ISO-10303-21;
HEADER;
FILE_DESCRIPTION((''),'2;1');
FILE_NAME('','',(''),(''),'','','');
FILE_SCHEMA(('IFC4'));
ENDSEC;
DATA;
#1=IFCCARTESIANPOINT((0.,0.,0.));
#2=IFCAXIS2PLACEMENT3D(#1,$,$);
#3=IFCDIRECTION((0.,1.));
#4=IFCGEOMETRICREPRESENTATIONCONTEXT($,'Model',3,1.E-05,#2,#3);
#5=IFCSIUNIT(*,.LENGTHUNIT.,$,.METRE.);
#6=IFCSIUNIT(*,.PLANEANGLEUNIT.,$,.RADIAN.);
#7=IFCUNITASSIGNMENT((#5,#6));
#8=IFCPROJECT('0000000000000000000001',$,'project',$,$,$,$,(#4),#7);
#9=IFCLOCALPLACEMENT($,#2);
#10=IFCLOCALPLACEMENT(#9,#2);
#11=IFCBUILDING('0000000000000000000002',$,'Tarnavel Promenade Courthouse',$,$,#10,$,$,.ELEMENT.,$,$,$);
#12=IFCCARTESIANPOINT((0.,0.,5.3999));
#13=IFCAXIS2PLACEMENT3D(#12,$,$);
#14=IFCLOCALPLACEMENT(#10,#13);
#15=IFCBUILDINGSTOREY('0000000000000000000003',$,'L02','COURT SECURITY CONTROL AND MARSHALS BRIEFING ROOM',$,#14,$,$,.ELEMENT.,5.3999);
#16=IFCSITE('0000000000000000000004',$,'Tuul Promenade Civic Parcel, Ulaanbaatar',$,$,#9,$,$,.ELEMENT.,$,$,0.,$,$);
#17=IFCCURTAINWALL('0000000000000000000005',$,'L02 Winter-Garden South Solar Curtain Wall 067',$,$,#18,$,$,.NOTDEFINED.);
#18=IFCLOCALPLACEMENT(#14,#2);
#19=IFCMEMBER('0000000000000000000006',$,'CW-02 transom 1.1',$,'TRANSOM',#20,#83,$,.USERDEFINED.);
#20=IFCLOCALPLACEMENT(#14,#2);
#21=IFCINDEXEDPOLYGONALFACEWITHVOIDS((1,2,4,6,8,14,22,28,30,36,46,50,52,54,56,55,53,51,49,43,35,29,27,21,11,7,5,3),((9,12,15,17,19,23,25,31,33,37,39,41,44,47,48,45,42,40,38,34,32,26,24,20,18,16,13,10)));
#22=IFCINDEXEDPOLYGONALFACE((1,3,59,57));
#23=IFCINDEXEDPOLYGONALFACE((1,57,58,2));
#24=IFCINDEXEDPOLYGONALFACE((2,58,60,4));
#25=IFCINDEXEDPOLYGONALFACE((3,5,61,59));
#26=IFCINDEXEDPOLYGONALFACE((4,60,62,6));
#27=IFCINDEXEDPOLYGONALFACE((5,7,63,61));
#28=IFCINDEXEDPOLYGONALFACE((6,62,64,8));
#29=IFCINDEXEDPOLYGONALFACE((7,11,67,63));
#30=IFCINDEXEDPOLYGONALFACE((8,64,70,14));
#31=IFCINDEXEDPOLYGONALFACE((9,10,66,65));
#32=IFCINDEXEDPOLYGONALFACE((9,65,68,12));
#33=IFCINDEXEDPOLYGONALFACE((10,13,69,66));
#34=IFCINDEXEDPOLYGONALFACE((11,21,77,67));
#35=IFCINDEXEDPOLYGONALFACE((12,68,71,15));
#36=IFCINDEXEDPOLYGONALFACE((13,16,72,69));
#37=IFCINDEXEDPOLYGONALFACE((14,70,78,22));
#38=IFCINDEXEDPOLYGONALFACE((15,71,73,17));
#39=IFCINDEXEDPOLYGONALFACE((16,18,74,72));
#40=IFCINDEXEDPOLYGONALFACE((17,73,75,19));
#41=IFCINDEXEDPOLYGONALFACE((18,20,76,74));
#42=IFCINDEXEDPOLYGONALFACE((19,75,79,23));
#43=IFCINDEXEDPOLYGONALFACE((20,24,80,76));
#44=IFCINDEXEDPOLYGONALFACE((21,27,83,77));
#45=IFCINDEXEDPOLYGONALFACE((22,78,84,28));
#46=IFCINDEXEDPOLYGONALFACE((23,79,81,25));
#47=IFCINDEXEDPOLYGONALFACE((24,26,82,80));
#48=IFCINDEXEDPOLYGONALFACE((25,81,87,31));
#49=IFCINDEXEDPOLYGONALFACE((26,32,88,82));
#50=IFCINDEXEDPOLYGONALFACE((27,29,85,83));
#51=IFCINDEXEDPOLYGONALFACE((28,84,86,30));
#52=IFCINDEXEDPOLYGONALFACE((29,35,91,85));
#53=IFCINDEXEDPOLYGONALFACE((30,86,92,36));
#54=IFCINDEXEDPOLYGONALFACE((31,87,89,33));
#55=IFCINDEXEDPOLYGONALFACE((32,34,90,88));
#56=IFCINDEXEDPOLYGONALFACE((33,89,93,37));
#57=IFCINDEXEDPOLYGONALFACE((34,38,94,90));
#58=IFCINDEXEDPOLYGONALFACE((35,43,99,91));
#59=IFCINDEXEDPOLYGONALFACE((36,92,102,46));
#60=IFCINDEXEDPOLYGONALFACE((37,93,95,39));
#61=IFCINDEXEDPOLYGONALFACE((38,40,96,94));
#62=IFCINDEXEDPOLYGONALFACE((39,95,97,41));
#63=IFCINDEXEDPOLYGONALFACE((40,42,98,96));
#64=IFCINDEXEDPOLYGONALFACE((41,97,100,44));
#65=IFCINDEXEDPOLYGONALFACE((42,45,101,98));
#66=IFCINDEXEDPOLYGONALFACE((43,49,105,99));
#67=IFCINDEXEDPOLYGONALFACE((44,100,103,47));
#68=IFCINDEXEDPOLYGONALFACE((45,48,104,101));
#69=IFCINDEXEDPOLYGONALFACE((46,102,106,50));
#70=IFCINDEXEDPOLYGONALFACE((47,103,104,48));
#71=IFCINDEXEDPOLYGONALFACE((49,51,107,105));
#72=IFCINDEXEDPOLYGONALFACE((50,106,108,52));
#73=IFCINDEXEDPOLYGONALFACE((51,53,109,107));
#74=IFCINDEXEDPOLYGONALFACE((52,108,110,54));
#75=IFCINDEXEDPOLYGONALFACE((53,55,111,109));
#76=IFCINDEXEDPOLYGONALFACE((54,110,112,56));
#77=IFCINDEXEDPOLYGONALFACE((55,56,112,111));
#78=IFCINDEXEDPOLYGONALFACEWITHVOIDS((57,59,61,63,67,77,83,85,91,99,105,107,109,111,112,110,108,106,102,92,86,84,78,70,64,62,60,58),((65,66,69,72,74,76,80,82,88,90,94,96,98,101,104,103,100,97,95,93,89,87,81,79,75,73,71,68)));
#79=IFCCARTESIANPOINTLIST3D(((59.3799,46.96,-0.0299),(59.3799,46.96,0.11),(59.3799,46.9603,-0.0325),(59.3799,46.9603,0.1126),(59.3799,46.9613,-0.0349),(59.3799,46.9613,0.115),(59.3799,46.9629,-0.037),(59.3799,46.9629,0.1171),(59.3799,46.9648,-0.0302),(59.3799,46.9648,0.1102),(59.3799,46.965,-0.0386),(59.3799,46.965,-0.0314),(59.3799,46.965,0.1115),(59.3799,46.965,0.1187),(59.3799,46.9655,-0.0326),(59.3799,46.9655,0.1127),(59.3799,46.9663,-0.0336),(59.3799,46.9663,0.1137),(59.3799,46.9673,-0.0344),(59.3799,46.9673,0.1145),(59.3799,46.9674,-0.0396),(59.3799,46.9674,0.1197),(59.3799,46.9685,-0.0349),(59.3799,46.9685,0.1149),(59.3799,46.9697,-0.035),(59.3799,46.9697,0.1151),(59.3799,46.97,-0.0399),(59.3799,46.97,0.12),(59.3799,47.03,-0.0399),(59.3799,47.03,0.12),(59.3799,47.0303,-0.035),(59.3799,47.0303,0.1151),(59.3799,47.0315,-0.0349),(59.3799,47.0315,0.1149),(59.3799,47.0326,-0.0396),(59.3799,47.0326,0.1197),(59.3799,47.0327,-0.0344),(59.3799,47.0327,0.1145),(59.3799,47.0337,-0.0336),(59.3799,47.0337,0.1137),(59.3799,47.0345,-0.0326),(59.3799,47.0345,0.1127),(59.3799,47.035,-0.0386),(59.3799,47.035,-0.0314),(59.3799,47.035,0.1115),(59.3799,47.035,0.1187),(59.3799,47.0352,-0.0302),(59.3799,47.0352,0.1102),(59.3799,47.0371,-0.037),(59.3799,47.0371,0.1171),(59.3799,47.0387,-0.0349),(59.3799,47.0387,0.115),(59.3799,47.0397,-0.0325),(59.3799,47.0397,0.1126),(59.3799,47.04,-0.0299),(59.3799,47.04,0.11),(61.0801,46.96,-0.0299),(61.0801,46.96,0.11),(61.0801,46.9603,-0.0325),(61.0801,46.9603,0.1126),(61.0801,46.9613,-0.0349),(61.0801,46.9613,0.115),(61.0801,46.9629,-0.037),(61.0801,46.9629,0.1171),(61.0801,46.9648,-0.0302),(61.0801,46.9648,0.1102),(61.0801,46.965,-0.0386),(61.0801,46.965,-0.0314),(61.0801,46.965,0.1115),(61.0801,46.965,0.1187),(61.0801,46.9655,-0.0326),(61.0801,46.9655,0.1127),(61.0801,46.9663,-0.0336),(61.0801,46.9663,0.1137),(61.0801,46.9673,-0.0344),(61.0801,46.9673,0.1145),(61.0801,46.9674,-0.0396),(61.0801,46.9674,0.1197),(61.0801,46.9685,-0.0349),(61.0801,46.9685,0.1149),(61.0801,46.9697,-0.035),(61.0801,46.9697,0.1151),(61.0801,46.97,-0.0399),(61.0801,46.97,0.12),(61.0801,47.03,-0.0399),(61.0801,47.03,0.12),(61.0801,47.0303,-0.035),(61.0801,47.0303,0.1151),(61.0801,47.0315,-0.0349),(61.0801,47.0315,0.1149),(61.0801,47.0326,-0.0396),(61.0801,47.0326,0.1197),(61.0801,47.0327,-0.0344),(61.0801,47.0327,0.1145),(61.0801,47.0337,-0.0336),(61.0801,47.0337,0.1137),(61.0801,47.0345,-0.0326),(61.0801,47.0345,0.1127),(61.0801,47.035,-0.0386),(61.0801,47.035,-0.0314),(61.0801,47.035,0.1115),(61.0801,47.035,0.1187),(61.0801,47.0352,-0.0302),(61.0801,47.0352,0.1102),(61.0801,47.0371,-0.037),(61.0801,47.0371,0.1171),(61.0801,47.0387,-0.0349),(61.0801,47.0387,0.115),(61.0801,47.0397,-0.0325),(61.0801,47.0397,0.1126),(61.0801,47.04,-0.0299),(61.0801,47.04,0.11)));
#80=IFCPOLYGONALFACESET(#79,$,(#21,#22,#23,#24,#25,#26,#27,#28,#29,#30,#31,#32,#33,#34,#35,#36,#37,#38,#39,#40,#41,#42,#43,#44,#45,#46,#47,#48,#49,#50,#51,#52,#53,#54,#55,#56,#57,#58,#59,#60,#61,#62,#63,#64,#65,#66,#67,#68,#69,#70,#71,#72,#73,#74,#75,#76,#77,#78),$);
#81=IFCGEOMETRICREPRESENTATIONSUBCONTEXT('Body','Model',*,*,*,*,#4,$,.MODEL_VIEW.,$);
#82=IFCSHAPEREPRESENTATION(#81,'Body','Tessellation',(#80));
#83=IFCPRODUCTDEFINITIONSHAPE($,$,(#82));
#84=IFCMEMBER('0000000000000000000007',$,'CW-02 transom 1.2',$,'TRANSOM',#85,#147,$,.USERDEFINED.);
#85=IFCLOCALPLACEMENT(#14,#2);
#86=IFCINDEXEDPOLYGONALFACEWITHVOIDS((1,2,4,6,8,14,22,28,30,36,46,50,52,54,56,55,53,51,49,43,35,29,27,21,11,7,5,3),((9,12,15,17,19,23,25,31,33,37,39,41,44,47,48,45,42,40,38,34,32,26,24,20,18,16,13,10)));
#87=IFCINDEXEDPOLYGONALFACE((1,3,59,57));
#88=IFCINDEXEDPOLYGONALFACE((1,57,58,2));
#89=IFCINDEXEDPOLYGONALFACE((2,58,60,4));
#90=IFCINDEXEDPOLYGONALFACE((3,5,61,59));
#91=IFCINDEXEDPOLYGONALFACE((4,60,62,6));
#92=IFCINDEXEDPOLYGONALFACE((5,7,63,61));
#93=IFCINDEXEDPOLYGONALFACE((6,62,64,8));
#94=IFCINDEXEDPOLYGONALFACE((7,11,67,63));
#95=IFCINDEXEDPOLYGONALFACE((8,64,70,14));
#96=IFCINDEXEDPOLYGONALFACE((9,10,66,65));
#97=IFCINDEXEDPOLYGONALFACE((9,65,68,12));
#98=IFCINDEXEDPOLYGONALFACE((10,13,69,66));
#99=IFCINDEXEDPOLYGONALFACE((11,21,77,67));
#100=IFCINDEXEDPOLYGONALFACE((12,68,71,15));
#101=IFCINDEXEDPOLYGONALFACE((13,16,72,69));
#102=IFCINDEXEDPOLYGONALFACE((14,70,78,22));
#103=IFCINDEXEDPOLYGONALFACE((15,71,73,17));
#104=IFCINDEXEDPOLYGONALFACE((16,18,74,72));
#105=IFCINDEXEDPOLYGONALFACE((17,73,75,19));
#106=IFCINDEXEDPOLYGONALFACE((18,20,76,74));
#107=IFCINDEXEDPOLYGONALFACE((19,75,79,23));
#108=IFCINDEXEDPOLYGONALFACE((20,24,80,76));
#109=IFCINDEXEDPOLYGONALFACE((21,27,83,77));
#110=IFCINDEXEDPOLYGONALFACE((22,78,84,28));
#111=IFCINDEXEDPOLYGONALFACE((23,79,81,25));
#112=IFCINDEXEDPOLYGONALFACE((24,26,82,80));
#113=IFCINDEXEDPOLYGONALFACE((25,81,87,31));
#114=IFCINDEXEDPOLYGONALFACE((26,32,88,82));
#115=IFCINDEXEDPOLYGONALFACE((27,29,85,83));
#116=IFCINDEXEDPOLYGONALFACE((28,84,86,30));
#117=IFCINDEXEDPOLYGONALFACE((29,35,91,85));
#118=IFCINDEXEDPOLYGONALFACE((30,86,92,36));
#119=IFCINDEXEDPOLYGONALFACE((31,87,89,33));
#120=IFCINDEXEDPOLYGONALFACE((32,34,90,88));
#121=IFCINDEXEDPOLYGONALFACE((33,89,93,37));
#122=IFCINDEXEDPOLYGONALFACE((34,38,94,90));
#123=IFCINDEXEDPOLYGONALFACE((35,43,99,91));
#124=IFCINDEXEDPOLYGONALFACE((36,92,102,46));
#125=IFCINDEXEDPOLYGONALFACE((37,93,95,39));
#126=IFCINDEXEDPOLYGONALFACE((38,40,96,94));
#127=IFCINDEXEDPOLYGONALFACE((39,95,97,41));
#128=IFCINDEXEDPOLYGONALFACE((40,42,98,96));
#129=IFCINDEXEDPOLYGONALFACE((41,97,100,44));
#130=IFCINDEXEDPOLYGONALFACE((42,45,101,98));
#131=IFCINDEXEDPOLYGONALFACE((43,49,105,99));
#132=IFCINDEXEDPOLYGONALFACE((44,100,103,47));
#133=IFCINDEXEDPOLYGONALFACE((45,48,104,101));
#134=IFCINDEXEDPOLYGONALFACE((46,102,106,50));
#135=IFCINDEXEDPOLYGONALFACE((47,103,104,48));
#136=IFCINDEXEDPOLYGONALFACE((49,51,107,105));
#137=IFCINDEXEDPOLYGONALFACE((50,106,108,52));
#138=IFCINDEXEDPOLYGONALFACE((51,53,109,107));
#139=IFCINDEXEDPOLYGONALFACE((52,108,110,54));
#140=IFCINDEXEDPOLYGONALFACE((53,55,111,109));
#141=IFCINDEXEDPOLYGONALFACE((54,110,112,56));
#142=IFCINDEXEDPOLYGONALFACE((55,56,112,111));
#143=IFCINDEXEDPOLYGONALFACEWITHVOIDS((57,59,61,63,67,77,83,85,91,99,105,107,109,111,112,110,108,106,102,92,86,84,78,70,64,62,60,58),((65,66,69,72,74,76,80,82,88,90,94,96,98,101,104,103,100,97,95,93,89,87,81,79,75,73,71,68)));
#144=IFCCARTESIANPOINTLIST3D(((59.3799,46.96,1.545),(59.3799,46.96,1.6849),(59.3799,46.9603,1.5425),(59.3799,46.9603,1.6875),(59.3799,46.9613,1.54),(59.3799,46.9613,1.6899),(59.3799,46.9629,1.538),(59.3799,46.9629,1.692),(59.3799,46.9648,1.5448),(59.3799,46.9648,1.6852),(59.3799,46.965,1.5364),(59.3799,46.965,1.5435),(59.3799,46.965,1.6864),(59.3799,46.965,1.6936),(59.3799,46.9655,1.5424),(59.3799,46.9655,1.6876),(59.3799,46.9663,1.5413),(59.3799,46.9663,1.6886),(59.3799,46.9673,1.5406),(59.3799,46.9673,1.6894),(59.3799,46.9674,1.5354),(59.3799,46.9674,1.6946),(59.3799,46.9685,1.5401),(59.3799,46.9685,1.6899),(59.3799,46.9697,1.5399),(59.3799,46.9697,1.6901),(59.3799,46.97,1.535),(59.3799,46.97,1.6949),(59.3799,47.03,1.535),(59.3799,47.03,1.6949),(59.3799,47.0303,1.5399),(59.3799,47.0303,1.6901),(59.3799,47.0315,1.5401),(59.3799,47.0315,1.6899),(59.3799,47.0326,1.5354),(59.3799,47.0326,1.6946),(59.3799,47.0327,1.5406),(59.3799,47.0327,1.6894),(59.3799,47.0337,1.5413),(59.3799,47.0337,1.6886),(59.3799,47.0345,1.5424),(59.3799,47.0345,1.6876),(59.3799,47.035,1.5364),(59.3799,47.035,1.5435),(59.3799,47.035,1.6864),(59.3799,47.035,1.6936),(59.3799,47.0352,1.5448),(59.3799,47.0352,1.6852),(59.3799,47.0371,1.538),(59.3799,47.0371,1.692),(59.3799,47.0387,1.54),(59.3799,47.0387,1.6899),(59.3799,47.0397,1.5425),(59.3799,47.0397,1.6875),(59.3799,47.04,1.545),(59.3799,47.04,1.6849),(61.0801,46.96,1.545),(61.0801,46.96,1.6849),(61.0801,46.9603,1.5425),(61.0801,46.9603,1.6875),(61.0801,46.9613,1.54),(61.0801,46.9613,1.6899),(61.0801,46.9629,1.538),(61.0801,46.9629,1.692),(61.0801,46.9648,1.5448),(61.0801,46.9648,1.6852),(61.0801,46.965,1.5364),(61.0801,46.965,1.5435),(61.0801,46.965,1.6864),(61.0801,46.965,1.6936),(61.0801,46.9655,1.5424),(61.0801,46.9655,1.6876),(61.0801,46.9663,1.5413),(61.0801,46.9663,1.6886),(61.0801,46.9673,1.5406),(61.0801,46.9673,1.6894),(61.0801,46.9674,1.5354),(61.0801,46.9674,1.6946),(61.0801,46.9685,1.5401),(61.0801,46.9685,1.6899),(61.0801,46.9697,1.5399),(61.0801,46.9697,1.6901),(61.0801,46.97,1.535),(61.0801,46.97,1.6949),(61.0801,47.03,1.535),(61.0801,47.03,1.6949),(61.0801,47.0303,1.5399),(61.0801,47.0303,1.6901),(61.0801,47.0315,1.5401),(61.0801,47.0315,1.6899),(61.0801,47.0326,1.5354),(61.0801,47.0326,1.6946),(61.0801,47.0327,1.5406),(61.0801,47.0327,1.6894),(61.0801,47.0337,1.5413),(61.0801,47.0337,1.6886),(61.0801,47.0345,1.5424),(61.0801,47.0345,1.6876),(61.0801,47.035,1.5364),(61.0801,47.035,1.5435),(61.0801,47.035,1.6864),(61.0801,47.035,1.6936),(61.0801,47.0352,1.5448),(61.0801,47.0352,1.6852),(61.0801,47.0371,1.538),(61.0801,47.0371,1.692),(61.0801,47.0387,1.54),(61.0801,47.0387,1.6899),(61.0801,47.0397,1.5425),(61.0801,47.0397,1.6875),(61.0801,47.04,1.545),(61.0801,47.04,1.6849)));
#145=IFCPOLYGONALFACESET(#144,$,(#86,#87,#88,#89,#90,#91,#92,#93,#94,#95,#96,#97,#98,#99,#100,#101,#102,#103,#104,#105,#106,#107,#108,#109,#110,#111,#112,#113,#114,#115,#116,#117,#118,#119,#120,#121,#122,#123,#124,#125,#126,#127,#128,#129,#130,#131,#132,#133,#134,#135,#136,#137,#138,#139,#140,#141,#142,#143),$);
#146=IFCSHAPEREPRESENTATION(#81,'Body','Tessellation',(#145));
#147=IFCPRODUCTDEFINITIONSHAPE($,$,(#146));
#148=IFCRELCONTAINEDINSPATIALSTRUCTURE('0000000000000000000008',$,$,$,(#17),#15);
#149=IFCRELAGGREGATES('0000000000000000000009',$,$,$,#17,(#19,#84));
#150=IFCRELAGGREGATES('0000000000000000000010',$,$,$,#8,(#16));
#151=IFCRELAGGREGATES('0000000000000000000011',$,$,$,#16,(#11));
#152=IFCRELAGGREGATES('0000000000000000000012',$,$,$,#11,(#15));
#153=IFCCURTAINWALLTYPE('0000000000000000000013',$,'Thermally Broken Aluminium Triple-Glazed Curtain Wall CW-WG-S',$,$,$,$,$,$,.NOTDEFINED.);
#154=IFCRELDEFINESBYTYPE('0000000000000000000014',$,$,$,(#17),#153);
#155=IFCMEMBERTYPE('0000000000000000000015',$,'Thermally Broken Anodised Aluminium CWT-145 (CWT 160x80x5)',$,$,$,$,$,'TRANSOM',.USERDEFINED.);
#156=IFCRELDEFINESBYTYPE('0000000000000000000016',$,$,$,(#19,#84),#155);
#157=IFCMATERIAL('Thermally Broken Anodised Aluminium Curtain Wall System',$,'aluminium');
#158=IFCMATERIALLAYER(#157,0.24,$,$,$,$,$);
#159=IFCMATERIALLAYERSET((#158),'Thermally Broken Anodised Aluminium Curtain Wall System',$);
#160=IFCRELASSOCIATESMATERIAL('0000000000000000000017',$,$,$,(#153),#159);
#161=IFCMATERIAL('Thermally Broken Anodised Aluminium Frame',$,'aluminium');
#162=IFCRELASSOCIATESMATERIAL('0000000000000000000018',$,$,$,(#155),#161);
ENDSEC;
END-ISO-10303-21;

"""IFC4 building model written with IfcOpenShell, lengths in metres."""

from ifc_helpers import new_model, si_unit, direction, frame, origin, origin_2d, place, context, subcontext, project, spatial, hollow_rectangle, extrude, material, layer, layer_set, material_profile, profile_set, type_object, element, aggregate, save


model = new_model("IFC4")

# Units and contexts
model_context = context("Model", 3, precision=1e-05, world=origin(), true_north=direction((0.0, 1.0)))
body_context = subcontext(model_context, "Body", "Model", "MODEL_VIEW")
ifc_project = project(units=[si_unit("LENGTHUNIT", "METRE"), si_unit("PLANEANGLEUNIT", "RADIAN")], contexts=[model_context])

# Site, building, storey
site_placement = place(None, origin())
site = spatial("IfcSite", under=ifc_project, at=site_placement, Name="Tuul Promenade Civic Parcel, Ulaanbaatar", CompositionType="ELEMENT", RefElevation=0.0)
building_placement = place(site_placement, origin())
building = spatial("IfcBuilding", under=site, at=building_placement, Name="Tarnavel Promenade Courthouse", CompositionType="ELEMENT")
storey_placement = place(building_placement, frame((0.0, 0.0, 5.3999)))
storey = spatial("IfcBuildingStorey", under=building, at=storey_placement, Name="L02", Description="COURT SECURITY CONTROL AND MARSHALS BRIEFING ROOM", CompositionType="ELEMENT", Elevation=5.3999)

# Curtain wall
ifc_material_1 = material(Name="Thermally Broken Anodised Aluminium Curtain Wall System", Category="aluminium")
ifc_layer_1 = layer(ifc_material_1, 0.24)
ifc_layer_set_1 = layer_set([ifc_layer_1], Name="Thermally Broken Anodised Aluminium Curtain Wall System")
curtain_wall_type = type_object("IfcCurtainWallType", Name="Thermally Broken Aluminium Triple-Glazed Curtain Wall CW-WG-S", PredefinedType="NOTDEFINED", material=ifc_layer_set_1)
ifc_material_2 = material(Name="Thermally Broken Anodised Aluminium Frame", Category="aluminium")
curtain_wall_1_placement = place(storey_placement, origin())
curtain_wall_1 = element("IfcCurtainWall", 1, at=curtain_wall_1_placement, inside=storey, type_object=curtain_wall_type, Name="L02 Winter-Garden South Solar Curtain Wall 067", PredefinedType="NOTDEFINED")

# Members
ifc_material_profile_1 = material_profile(ifc_material_2, hollow_rectangle(XDim=0.0801, YDim=0.1599, WallThickness=0.0049, InnerFilletRadius=0.0049, OuterFilletRadius=0.01, at=origin_2d()), Name="CWT 160x80x5")
ifc_profile_set_1 = profile_set([ifc_material_profile_1], Name="Thermally Broken Anodised Aluminium Frame")
member_type_1 = type_object("IfcMemberType", Name="Thermally Broken Anodised Aluminium CWT-145 (CWT 160x80x5)", ElementType="TRANSOM", PredefinedType="USERDEFINED", material=ifc_profile_set_1)
member_1_placement = place(storey_placement, frame((59.3799, 47.0, 0.04), z_axis=(1.0, 0.0, 0.0), x_axis=(0.0, 1.0, 0.0)))
member_1 = element("IfcMember", 2, at=member_1_placement, type_object=member_type_1, Name="CW-02 transom 1.1", ObjectType="TRANSOM", PredefinedType="USERDEFINED", context=body_context, shape_type="SweptSolid", body=[
    extrude(hollow_rectangle(XDim=0.0801, YDim=0.1599, WallThickness=0.0049, InnerFilletRadius=0.0049, OuterFilletRadius=0.01, at=origin_2d()), origin(), (0.0, 0.0, 1.0), 1.7002),
])
member_2_placement = place(storey_placement, frame((59.3799, 47.0, 1.615), z_axis=(1.0, 0.0, 0.0), x_axis=(0.0, 1.0, 0.0)))
member_2 = element("IfcMember", 3, at=member_2_placement, type_object=member_type_1, Name="CW-02 transom 1.2", ObjectType="TRANSOM", PredefinedType="USERDEFINED", context=body_context, shape_type="SweptSolid", body=[
    extrude(hollow_rectangle(XDim=0.0801, YDim=0.1599, WallThickness=0.0049, InnerFilletRadius=0.0049, OuterFilletRadius=0.01, at=origin_2d()), origin(), (0.0, 0.0, 1.0), 1.7002),
])

aggregate(curtain_wall_1, [member_1, member_2])

save(model, "model.ifc")
